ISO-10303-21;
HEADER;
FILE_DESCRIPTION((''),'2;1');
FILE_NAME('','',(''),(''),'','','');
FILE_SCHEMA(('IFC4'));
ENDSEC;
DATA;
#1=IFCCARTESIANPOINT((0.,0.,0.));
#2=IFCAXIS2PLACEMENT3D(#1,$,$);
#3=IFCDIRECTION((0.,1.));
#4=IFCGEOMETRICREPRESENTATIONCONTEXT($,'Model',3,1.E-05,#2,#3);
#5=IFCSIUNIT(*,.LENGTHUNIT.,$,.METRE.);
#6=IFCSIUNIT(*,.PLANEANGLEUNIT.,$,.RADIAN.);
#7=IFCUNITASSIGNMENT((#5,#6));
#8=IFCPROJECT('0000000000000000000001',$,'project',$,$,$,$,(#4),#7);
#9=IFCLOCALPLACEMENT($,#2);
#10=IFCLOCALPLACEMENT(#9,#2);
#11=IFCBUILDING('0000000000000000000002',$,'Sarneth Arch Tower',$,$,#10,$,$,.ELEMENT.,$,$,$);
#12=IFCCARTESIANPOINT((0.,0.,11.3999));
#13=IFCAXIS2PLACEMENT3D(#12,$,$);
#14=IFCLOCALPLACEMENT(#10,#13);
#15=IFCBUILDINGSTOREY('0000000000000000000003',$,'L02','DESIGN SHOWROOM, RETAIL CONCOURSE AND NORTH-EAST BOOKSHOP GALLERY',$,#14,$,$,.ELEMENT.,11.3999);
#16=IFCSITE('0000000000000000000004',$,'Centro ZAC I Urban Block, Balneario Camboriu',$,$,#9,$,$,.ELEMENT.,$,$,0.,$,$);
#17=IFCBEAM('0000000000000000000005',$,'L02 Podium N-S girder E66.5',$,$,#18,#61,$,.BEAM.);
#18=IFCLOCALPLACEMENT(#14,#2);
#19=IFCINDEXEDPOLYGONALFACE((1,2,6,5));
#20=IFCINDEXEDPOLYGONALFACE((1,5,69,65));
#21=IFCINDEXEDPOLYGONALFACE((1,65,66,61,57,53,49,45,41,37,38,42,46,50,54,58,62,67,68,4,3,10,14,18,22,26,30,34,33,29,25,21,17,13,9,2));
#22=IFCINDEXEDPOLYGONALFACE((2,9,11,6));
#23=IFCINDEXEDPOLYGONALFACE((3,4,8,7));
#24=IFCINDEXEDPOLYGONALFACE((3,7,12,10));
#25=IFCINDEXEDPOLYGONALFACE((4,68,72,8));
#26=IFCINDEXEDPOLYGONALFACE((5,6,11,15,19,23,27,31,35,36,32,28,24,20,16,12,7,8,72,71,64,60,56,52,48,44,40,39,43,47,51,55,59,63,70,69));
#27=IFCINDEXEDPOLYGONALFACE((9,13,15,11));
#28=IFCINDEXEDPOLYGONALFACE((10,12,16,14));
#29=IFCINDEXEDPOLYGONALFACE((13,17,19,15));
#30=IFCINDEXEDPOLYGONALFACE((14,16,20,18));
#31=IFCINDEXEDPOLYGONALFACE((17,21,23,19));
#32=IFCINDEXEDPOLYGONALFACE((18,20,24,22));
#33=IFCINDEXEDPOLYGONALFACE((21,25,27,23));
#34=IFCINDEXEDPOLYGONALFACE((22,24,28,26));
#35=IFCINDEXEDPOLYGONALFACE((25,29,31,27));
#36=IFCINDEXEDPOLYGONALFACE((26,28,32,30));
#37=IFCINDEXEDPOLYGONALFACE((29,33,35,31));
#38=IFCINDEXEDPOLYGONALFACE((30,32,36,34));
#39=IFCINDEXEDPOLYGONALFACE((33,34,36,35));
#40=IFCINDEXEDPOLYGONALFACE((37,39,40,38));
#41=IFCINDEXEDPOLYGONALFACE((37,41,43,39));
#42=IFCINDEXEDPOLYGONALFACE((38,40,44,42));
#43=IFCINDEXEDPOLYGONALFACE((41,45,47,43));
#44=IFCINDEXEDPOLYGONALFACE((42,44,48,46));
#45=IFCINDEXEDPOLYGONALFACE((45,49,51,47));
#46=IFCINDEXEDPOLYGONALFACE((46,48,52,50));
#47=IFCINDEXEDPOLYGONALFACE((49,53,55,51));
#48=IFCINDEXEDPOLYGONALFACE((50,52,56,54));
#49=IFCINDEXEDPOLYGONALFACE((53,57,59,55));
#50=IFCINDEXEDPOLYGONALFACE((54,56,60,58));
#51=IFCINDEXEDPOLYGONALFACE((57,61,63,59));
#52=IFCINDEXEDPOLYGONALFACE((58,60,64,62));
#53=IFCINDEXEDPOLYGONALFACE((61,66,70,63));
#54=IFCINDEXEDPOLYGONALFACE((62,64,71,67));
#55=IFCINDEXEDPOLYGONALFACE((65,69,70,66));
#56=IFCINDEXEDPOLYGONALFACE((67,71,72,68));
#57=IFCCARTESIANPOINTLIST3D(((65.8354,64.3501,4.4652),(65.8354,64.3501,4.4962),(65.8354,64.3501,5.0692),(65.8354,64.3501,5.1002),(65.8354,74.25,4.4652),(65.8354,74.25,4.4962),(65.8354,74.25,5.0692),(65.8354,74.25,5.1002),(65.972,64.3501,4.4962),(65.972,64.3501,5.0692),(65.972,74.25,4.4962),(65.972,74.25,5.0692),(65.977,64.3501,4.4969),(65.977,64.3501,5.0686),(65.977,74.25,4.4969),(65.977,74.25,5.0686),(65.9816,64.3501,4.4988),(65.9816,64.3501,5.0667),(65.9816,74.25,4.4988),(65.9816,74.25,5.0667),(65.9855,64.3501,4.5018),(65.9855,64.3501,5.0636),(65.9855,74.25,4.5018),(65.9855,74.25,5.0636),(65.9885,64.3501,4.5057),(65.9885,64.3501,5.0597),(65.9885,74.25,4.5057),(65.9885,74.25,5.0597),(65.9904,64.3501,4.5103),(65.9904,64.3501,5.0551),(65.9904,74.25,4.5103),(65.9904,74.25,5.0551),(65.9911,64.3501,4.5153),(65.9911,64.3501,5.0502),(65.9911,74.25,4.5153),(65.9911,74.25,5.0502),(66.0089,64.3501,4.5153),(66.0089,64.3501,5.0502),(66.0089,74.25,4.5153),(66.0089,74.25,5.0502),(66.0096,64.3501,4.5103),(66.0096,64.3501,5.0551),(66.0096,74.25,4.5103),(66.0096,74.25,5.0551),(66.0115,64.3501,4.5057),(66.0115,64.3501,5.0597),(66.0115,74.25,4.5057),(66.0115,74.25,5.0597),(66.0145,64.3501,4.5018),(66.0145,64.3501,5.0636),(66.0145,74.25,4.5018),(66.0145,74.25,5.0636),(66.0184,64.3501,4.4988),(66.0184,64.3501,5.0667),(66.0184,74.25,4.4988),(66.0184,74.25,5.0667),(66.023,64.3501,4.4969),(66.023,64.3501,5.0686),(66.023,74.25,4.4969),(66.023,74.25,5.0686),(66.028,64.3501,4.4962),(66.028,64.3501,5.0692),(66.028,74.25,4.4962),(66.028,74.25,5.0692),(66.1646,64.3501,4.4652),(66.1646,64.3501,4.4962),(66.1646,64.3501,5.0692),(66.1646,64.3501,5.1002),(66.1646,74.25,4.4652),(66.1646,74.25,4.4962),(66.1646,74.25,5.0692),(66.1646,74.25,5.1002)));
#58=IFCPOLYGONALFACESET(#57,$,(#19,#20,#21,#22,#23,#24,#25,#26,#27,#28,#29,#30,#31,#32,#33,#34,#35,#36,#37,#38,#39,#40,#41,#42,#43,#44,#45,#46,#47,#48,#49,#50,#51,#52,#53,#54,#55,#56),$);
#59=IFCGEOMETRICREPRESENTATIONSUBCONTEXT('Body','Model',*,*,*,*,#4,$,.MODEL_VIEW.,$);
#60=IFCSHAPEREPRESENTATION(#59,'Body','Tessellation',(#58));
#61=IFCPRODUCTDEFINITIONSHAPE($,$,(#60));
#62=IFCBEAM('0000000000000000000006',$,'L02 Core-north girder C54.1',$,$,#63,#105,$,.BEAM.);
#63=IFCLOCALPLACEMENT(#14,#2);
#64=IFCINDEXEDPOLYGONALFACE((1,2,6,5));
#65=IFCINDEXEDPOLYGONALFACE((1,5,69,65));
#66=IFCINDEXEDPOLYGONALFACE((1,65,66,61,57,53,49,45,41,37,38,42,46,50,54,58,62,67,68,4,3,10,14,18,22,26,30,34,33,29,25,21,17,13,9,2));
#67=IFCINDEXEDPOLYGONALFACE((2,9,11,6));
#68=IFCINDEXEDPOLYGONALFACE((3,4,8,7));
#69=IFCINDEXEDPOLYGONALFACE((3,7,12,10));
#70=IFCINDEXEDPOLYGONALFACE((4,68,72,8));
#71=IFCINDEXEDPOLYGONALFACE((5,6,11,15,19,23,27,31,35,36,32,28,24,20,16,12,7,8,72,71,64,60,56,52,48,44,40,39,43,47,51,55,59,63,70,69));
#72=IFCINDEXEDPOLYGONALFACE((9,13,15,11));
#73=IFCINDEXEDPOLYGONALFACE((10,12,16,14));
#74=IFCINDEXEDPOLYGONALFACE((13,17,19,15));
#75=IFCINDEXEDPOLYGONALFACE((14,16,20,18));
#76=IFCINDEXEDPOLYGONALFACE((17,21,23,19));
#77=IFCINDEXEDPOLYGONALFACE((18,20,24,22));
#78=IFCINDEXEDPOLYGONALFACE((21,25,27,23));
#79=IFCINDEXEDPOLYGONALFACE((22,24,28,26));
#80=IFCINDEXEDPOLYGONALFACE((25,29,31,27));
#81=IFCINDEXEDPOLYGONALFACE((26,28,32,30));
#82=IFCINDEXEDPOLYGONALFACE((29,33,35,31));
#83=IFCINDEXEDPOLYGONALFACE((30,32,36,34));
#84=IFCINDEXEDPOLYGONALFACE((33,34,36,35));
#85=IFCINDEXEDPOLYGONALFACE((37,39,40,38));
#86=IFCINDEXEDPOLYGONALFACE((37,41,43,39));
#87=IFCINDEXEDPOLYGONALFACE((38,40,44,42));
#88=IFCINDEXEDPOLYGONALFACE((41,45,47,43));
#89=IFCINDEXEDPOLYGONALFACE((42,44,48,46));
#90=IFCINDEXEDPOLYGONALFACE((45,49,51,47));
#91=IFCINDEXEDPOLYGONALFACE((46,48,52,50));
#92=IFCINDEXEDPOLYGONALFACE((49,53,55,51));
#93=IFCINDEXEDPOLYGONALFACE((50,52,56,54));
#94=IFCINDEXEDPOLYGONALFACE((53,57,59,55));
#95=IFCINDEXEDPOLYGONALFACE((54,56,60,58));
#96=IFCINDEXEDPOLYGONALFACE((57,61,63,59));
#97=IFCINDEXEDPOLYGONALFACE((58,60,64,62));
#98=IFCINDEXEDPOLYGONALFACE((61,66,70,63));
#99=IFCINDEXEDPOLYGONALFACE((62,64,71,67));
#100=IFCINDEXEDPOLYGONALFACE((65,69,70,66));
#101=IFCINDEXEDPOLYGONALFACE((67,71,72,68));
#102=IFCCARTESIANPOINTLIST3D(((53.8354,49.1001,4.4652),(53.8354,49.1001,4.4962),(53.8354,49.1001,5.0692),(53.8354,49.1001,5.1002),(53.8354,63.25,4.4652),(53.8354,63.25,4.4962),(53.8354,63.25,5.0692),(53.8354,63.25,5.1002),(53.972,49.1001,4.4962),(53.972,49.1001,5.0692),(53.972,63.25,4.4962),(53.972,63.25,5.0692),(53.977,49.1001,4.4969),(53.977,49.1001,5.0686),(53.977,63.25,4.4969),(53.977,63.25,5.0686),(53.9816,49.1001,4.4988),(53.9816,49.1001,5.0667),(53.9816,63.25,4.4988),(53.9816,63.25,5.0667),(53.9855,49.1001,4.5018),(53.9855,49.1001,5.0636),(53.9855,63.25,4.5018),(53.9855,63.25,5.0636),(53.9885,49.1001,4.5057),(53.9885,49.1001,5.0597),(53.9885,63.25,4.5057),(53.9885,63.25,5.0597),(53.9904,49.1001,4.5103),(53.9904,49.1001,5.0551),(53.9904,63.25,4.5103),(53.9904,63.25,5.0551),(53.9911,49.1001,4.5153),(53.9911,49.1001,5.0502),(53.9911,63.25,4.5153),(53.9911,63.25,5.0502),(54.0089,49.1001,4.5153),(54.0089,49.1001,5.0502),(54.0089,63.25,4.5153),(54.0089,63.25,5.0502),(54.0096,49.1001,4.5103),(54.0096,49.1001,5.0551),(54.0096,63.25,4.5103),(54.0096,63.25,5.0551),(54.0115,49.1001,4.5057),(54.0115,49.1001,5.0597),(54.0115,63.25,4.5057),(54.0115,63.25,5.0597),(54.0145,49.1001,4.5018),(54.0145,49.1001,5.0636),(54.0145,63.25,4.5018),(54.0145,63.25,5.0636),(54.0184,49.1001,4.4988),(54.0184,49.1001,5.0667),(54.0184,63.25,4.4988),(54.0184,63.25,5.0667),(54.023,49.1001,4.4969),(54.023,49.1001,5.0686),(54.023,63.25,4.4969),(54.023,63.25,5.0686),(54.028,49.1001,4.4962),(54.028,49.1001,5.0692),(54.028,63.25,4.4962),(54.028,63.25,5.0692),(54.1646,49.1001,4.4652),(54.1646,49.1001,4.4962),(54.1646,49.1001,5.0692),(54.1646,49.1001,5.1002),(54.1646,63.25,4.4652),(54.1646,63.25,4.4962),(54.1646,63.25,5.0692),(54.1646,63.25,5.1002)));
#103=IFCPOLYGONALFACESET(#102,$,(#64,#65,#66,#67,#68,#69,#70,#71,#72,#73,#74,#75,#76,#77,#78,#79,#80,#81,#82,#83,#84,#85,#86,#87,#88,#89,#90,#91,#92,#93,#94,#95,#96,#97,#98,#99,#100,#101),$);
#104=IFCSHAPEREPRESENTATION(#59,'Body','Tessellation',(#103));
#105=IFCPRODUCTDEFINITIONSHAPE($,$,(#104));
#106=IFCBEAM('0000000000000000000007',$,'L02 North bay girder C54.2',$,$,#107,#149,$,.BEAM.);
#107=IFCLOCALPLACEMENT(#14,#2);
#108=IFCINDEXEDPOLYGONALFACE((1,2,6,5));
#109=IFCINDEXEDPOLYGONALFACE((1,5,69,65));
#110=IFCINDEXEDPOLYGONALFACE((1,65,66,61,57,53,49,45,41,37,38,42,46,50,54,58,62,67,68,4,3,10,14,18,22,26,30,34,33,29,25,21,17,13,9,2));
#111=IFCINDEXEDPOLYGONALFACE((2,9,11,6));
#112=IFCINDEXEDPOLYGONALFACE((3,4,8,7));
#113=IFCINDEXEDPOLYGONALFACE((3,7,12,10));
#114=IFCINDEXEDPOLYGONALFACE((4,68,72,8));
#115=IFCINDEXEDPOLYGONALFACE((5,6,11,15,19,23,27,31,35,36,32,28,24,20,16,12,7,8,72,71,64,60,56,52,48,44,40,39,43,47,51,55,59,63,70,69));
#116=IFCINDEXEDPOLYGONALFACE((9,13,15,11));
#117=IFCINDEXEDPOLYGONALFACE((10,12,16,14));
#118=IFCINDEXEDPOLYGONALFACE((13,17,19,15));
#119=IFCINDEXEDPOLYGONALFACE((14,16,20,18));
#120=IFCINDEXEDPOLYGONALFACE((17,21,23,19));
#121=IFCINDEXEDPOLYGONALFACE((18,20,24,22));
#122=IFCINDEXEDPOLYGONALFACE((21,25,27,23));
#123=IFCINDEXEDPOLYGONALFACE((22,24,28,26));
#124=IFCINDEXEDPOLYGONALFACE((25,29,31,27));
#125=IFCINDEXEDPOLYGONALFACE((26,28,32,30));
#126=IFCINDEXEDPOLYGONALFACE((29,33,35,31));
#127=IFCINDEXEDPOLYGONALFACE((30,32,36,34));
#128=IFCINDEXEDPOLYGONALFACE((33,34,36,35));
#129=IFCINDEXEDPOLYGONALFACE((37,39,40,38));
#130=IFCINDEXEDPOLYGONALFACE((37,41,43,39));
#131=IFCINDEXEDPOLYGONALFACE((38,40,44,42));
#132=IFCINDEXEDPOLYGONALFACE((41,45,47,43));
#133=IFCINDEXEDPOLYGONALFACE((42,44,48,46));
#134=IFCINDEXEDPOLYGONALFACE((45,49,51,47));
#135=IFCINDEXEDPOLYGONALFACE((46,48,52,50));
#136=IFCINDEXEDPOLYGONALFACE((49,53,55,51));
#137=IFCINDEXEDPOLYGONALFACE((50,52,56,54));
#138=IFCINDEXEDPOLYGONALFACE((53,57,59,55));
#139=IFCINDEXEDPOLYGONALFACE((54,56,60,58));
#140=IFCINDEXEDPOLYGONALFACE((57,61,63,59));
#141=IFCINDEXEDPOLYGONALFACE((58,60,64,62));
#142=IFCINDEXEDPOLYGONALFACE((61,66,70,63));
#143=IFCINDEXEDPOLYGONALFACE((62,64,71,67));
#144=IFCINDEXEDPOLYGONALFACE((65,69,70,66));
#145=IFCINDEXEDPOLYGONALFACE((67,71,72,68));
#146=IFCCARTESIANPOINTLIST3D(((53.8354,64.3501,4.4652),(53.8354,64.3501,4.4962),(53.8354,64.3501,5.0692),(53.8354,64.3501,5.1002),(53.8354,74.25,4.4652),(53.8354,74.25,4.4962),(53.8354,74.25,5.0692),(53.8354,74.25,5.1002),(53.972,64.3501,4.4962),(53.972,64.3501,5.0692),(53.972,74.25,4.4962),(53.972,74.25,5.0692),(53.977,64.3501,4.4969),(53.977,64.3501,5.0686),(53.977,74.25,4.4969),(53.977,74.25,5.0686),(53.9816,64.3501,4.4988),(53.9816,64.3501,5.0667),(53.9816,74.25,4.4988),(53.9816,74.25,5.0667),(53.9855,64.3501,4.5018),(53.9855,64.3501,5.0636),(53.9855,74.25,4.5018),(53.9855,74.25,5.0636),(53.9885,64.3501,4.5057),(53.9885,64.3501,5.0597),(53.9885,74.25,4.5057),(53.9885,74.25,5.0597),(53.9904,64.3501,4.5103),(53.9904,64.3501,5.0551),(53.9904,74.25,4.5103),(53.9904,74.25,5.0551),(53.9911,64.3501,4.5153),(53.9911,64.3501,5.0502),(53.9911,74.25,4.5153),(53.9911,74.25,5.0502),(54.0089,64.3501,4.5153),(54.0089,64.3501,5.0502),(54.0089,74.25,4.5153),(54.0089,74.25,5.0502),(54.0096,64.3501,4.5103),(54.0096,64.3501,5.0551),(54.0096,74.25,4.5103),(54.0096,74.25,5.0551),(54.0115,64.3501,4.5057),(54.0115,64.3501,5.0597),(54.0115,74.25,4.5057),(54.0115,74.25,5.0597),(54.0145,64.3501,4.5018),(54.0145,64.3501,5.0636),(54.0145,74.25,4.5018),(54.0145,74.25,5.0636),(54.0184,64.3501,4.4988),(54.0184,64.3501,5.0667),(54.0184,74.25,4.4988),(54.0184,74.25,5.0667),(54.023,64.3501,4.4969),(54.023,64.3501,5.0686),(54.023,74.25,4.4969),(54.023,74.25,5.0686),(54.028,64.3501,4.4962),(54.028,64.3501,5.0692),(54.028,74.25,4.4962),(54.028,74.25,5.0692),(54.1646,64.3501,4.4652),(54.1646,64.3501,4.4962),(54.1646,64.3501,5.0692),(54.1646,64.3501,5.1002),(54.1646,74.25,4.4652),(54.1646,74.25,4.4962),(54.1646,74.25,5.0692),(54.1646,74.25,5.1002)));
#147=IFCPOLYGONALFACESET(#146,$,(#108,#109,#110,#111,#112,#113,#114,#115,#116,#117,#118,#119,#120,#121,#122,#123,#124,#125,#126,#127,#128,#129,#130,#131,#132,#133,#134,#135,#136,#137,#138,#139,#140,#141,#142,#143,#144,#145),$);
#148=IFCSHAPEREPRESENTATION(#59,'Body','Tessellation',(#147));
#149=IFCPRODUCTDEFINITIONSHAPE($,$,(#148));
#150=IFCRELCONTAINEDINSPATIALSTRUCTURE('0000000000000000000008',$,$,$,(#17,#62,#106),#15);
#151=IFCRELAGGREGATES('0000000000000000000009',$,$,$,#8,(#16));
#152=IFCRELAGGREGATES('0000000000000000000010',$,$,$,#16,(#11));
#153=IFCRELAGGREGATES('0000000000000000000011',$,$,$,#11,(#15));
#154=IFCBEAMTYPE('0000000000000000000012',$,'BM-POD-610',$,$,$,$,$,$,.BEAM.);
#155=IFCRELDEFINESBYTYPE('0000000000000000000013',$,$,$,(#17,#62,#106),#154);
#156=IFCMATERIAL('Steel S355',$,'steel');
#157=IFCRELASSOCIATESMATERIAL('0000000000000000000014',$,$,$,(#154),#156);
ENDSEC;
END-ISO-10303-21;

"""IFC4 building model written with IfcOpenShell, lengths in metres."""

from ifc_helpers import new_model, si_unit, direction, frame, origin, origin_2d, place, context, subcontext, project, spatial, i_section, extrude, material, material_profile, profile_set, type_object, element, save


model = new_model("IFC4")

# Units and contexts
model_context = context("Model", 3, precision=1e-05, world=origin(), true_north=direction((0.0, 1.0)))
body_context = subcontext(model_context, "Body", "Model", "MODEL_VIEW")
ifc_project = project(units=[si_unit("LENGTHUNIT", "METRE"), si_unit("PLANEANGLEUNIT", "RADIAN")], contexts=[model_context])

# Site, building, storey
site_placement = place(None, origin())
site = spatial("IfcSite", under=ifc_project, at=site_placement, Name="Centro ZAC I Urban Block, Balneario Camboriu", CompositionType="ELEMENT", RefElevation=0.0)
building_placement = place(site_placement, origin())
building = spatial("IfcBuilding", under=site, at=building_placement, Name="Sarneth Arch Tower", CompositionType="ELEMENT")
storey_placement = place(building_placement, frame((0.0, 0.0, 11.3999)))
storey = spatial("IfcBuildingStorey", under=building, at=storey_placement, Name="L02", Description="DESIGN SHOWROOM, RETAIL CONCOURSE AND NORTH-EAST BOOKSHOP GALLERY", CompositionType="ELEMENT", Elevation=11.3999)

# Beams
ifc_material_1 = material(Name="Steel S355", Category="steel")
ifc_material_profile_1 = material_profile(ifc_material_1, i_section(OverallWidth=0.3291, OverallDepth=0.635, WebThickness=0.0178, FlangeThickness=0.031, FilletRadius=0.019, at=origin_2d()), Name="W610x241")
ifc_profile_set_1 = profile_set([ifc_material_profile_1], Name="Steel S355")
beam_type = type_object("IfcBeamType", Name="BM-POD-610", PredefinedType="BEAM", material=ifc_profile_set_1)
beam_1_placement = place(storey_placement, frame((66.0, 64.3501, 4.7827), z_axis=(0.0, 1.0, 0.0), x_axis=(-1.0, 0.0, 0.0)))
element("IfcBeam", 1, at=beam_1_placement, inside=storey, type_object=beam_type, Name="L02 Podium N-S girder E66.5", PredefinedType="BEAM", context=body_context, shape_type="SweptSolid", body=[
    extrude(i_section(OverallWidth=0.3291, OverallDepth=0.635, WebThickness=0.0178, FlangeThickness=0.031, FilletRadius=0.019, at=origin_2d()), origin(), (0.0, 0.0, 1.0), 9.8999),
])
beam_2_placement = place(storey_placement, frame((54.0, 49.1001, 4.7827), z_axis=(0.0, 1.0, 0.0), x_axis=(-1.0, 0.0, 0.0)))
element("IfcBeam", 2, at=beam_2_placement, inside=storey, type_object=beam_type, Name="L02 Core-north girder C54.1", PredefinedType="BEAM", context=body_context, shape_type="SweptSolid", body=[
    extrude(i_section(OverallWidth=0.3291, OverallDepth=0.635, WebThickness=0.0178, FlangeThickness=0.031, FilletRadius=0.019, at=origin_2d()), origin(), (0.0, 0.0, 1.0), 14.1499),
])
beam_3_placement = place(storey_placement, frame((54.0, 64.3501, 4.7827), z_axis=(0.0, 1.0, 0.0), x_axis=(-1.0, 0.0, 0.0)))
element("IfcBeam", 3, at=beam_3_placement, inside=storey, type_object=beam_type, Name="L02 North bay girder C54.2", PredefinedType="BEAM", context=body_context, shape_type="SweptSolid", body=[
    extrude(i_section(OverallWidth=0.3291, OverallDepth=0.635, WebThickness=0.0178, FlangeThickness=0.031, FilletRadius=0.019, at=origin_2d()), origin(), (0.0, 0.0, 1.0), 9.8999),
])

save(model, "model.ifc")
